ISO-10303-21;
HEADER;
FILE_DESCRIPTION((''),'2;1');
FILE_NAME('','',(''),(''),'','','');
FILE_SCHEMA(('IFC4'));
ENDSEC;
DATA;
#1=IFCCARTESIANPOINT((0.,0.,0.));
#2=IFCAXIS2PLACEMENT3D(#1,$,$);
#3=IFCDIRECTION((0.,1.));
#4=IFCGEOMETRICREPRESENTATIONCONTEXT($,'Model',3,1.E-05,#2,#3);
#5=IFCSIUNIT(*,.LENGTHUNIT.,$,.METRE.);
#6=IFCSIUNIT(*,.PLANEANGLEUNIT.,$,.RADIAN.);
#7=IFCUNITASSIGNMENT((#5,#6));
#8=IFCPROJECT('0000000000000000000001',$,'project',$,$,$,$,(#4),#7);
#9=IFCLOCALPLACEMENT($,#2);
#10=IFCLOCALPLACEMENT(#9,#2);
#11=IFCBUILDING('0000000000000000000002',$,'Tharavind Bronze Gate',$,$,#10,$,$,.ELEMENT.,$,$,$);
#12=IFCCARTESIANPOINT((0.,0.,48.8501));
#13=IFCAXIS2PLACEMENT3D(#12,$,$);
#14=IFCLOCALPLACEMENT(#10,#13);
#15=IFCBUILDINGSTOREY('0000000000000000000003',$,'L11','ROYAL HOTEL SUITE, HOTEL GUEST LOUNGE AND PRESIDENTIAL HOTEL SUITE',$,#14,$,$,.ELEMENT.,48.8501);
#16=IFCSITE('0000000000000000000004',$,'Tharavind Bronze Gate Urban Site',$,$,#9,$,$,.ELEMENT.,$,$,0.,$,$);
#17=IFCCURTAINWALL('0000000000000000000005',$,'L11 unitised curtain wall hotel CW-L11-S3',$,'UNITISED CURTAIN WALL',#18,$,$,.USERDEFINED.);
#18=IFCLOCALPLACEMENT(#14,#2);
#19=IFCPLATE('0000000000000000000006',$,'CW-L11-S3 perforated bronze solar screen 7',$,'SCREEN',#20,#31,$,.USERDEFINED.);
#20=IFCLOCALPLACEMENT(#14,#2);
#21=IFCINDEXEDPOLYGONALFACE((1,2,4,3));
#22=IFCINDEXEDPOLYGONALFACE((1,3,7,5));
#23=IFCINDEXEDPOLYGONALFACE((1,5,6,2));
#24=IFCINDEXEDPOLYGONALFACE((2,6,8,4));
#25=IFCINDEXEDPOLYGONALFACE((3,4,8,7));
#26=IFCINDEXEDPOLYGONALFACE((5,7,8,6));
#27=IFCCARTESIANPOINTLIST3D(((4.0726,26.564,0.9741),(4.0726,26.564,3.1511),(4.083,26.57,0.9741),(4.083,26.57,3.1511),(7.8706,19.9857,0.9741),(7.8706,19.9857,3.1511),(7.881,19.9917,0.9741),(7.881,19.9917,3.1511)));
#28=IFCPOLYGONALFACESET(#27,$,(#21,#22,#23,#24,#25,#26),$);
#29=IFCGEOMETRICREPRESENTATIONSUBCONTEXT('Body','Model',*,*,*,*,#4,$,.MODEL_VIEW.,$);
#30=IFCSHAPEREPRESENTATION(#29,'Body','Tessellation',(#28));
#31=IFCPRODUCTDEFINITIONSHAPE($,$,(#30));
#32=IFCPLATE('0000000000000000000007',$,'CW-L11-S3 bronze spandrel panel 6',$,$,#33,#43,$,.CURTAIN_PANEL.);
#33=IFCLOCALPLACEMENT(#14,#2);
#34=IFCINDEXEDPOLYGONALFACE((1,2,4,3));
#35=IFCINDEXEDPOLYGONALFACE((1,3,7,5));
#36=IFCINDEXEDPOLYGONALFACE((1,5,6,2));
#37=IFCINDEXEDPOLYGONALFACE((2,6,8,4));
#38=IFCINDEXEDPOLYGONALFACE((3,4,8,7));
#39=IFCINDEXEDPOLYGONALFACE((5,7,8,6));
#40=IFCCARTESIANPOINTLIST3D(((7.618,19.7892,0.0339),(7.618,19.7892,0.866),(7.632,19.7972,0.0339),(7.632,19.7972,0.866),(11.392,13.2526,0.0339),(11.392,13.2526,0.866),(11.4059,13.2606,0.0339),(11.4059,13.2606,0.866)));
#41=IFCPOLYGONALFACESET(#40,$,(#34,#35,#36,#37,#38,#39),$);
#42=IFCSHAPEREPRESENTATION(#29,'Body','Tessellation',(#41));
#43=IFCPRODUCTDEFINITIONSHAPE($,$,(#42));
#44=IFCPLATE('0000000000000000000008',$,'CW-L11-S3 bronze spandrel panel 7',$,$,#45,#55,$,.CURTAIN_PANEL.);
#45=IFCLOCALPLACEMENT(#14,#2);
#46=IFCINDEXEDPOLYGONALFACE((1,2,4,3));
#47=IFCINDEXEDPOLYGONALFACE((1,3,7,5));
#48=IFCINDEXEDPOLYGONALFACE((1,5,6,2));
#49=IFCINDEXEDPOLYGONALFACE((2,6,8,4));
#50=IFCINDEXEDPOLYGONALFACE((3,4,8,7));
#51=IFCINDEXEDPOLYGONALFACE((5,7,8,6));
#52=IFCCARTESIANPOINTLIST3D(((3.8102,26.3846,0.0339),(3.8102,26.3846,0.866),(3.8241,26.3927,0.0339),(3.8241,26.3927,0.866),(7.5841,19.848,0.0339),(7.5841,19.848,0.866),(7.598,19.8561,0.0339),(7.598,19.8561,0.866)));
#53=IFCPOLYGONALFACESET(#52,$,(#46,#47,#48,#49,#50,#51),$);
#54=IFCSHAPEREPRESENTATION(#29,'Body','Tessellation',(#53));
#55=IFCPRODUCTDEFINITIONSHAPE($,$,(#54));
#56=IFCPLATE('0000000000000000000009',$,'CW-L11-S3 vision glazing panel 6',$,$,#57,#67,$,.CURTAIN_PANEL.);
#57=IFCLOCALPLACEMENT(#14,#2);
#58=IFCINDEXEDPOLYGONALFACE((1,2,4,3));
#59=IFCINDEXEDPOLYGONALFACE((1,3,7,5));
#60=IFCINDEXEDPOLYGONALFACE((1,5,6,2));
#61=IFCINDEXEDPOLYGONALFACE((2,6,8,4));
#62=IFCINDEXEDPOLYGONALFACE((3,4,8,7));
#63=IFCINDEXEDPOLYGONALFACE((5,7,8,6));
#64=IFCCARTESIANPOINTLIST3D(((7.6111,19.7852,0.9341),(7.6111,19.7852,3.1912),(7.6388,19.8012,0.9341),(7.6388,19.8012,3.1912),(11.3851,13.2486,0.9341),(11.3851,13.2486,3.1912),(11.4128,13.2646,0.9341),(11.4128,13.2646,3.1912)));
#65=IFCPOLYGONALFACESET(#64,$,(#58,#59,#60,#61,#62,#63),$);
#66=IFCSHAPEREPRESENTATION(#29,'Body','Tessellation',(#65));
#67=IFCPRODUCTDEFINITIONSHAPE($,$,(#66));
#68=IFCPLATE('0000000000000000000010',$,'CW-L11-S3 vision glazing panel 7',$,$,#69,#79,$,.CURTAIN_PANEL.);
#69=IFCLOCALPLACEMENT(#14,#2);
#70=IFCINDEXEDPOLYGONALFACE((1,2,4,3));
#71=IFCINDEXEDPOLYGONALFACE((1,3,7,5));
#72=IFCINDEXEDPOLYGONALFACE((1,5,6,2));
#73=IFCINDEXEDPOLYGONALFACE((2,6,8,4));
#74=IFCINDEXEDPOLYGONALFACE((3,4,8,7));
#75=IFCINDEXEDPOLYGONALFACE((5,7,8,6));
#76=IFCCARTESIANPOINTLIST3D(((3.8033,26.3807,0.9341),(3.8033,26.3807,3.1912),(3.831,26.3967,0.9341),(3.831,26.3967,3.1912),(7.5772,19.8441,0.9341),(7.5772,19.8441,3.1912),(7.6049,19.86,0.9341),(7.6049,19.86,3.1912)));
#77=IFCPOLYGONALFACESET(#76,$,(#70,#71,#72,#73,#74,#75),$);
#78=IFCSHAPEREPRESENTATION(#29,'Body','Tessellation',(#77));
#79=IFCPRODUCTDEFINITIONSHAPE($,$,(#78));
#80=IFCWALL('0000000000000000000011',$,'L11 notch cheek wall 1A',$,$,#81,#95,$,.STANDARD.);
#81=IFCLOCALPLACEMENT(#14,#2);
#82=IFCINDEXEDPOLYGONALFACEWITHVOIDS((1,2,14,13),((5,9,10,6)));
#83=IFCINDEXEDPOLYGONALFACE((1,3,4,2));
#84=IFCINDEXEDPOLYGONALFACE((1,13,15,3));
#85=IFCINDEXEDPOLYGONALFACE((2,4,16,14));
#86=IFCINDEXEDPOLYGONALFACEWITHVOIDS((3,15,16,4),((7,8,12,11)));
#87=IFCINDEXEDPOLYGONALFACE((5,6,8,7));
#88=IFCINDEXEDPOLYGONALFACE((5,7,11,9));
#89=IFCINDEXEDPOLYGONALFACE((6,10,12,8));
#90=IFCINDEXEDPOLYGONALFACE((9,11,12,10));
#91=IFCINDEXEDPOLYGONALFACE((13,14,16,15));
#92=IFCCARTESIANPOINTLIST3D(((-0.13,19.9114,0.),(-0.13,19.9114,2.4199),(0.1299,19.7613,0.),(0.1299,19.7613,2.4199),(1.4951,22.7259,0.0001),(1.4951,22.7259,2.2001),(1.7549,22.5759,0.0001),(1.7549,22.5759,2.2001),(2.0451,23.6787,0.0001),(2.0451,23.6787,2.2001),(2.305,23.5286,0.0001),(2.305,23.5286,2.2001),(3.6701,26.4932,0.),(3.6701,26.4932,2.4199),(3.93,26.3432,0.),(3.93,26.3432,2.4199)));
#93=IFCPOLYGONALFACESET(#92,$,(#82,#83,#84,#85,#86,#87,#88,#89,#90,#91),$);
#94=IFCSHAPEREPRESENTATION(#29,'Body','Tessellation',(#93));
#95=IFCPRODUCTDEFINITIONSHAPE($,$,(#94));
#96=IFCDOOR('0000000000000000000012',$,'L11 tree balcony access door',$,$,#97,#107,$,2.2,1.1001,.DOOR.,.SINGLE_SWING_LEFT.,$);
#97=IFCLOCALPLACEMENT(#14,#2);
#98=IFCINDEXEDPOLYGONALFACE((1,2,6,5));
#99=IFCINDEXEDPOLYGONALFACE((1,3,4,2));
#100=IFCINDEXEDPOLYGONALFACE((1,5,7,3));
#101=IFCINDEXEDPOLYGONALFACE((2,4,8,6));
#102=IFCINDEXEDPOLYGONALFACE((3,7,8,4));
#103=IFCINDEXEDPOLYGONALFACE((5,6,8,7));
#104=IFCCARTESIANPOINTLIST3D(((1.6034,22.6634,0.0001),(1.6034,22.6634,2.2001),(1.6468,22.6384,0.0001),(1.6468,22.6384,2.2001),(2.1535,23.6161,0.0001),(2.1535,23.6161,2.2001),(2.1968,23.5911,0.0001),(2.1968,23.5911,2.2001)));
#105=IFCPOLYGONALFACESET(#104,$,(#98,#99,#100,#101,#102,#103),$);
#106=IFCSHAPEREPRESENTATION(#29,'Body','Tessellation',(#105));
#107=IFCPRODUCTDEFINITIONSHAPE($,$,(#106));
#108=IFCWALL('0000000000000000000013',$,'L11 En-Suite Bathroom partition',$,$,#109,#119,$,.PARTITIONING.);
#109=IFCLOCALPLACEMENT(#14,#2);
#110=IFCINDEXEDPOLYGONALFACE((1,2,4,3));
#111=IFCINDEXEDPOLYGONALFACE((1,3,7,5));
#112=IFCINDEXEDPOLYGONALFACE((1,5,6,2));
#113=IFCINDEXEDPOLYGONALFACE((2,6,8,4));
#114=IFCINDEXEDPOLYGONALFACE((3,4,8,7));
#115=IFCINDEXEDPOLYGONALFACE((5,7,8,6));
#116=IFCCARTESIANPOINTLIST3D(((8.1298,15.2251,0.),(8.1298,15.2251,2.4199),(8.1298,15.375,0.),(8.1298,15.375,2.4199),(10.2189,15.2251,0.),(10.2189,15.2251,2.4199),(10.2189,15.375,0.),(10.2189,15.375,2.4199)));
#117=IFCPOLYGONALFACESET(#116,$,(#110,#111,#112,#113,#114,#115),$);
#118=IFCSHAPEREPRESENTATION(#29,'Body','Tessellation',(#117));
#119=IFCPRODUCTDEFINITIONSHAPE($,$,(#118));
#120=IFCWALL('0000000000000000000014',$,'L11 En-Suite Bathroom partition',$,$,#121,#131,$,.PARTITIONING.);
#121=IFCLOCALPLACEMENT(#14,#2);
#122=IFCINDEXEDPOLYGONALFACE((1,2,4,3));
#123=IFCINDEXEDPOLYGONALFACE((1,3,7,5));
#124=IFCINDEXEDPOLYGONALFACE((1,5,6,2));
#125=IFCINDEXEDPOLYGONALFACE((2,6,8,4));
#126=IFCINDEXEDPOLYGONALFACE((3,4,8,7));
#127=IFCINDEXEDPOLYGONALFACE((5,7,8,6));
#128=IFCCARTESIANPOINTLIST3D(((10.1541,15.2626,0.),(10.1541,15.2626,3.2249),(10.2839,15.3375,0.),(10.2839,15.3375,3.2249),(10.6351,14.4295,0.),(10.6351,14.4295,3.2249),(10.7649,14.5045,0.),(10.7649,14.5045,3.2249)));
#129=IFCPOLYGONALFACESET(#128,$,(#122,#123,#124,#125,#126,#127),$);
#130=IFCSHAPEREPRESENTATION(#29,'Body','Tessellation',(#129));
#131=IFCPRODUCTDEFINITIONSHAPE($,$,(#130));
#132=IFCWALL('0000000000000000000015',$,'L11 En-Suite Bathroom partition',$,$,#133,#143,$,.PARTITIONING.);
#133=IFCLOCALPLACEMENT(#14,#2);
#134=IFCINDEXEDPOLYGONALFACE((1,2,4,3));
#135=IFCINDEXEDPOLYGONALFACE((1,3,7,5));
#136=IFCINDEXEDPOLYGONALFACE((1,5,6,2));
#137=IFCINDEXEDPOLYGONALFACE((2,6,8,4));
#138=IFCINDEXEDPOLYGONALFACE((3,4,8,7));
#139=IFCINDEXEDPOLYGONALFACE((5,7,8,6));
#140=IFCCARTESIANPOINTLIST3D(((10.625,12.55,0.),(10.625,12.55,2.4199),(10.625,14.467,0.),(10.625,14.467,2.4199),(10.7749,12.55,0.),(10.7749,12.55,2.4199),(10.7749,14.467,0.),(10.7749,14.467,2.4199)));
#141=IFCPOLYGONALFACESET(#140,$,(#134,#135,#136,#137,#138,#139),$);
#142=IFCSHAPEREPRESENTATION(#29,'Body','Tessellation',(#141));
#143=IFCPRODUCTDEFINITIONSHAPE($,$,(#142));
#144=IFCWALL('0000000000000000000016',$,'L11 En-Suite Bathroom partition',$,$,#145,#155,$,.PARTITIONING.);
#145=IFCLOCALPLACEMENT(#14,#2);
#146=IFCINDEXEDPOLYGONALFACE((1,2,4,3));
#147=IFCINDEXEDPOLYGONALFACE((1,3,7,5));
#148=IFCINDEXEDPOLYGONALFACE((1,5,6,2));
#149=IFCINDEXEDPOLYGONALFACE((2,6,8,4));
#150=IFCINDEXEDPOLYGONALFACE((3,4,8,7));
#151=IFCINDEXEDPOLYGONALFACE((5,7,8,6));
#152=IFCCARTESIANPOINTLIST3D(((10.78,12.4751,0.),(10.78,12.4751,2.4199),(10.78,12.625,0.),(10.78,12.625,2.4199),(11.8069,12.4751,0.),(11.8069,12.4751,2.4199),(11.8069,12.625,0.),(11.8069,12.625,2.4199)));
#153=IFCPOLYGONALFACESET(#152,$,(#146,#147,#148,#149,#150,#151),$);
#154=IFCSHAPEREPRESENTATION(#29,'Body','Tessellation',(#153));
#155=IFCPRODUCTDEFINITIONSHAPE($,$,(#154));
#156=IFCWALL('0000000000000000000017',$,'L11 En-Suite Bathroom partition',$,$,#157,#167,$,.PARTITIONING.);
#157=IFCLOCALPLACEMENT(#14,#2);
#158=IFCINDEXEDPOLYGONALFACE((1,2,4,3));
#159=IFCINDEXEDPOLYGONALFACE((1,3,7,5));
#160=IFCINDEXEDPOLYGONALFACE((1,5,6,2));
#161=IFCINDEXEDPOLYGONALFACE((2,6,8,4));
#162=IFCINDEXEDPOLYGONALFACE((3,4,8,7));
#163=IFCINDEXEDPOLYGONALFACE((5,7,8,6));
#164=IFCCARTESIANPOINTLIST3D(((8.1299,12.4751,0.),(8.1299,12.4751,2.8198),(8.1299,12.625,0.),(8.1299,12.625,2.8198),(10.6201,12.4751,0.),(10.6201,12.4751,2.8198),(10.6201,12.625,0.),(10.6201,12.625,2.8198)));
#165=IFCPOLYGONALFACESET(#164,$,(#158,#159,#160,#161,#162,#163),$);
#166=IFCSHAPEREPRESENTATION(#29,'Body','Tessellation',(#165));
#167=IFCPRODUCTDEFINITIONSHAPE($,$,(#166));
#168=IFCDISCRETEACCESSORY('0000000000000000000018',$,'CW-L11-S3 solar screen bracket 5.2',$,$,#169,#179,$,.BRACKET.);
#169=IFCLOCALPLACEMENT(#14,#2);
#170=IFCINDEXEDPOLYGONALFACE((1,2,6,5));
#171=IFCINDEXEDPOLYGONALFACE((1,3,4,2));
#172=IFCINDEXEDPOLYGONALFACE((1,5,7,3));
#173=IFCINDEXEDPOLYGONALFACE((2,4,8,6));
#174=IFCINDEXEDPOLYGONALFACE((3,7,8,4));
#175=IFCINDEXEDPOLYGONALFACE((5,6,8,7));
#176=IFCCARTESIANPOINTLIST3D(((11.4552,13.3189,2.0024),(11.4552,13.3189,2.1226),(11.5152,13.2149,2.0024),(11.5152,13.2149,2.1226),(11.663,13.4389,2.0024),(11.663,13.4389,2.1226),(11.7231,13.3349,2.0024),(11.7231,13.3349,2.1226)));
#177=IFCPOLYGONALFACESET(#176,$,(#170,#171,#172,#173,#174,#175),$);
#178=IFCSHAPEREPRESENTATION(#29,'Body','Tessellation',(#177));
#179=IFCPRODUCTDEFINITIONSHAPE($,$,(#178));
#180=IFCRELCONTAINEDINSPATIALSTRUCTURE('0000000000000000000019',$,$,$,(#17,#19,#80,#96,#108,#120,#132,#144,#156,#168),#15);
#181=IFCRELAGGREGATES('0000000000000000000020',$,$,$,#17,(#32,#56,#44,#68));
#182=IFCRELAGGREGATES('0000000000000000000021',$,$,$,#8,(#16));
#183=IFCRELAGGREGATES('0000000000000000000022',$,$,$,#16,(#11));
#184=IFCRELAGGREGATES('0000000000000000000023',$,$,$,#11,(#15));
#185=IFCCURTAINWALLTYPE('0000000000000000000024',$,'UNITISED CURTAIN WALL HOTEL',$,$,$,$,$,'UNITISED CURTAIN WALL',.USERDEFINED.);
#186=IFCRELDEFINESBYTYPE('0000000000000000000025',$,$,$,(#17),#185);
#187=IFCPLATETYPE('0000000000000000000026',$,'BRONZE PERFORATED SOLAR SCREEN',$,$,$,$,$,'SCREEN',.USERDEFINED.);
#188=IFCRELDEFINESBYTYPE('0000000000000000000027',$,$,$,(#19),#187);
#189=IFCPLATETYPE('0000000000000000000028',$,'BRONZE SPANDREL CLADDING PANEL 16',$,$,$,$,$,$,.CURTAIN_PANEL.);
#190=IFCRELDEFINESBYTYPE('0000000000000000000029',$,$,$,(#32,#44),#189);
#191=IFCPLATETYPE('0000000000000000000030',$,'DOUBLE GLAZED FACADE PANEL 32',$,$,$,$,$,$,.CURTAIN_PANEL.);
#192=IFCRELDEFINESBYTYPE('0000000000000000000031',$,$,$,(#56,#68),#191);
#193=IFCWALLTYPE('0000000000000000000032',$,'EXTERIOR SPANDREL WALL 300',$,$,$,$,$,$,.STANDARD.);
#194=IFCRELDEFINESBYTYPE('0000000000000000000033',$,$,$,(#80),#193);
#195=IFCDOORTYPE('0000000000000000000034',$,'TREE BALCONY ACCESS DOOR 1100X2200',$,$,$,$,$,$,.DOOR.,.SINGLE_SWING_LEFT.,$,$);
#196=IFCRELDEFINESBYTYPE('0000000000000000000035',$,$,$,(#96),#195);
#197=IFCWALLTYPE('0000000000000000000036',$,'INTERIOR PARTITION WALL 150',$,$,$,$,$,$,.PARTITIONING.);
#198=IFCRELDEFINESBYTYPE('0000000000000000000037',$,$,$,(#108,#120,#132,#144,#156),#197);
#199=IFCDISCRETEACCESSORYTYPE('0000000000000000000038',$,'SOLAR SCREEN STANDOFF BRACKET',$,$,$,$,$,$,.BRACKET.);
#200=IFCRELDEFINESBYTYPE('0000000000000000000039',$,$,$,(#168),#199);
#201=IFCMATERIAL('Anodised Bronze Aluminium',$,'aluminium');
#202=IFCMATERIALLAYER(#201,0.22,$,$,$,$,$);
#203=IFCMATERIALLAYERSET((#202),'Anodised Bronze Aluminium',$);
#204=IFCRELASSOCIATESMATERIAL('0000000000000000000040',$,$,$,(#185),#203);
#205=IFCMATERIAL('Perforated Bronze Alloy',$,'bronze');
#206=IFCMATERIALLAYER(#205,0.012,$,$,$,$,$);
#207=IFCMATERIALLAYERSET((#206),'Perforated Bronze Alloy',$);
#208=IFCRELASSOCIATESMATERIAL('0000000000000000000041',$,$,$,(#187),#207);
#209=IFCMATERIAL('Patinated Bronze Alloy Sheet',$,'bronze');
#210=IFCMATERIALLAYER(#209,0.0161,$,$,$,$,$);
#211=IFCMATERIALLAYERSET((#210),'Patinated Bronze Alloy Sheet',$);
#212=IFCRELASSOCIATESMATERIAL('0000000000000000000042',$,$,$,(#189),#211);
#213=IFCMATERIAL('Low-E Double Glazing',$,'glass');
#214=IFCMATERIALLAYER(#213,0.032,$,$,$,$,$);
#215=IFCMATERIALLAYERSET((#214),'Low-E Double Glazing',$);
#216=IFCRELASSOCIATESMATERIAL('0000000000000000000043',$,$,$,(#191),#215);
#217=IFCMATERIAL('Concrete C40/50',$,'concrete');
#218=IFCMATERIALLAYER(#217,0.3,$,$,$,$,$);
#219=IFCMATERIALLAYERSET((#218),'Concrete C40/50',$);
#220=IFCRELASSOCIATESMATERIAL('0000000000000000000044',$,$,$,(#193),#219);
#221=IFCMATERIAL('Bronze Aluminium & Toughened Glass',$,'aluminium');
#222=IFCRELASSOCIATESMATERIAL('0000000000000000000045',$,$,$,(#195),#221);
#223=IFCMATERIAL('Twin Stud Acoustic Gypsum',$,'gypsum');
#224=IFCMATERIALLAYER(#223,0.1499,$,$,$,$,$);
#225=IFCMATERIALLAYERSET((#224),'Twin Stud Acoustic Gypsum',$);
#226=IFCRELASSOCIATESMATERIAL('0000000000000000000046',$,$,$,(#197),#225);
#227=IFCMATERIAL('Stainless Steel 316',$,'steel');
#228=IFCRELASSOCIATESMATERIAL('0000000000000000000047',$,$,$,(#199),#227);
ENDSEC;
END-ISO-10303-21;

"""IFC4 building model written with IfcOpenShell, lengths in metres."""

from ifc_helpers import new_model, si_unit, direction, frame, frame_2d, origin, origin_2d, place, context, subcontext, project, spatial, rectangle, extrude, material, layer, layer_set, type_object, element, fill, aggregate, save


model = new_model("IFC4")

# Units and contexts
model_context = context("Model", 3, precision=1e-05, world=origin(), true_north=direction((0.0, 1.0)))
body_context = subcontext(model_context, "Body", "Model", "MODEL_VIEW")
ifc_project = project(units=[si_unit("LENGTHUNIT", "METRE"), si_unit("PLANEANGLEUNIT", "RADIAN")], contexts=[model_context])

# Site, building, storey
site_placement = place(None, origin())
site = spatial("IfcSite", under=ifc_project, at=site_placement, Name="Tharavind Bronze Gate Urban Site", CompositionType="ELEMENT", RefElevation=0.0)
building_placement = place(site_placement, origin())
building = spatial("IfcBuilding", under=site, at=building_placement, Name="Tharavind Bronze Gate", CompositionType="ELEMENT")
storey_placement = place(building_placement, frame((0.0, 0.0, 48.8501)))
storey = spatial("IfcBuildingStorey", under=building, at=storey_placement, Name="L11", Description="ROYAL HOTEL SUITE, HOTEL GUEST LOUNGE AND PRESIDENTIAL HOTEL SUITE", CompositionType="ELEMENT", Elevation=48.8501)

# Curtain wall
ifc_material_1 = material(Name="Anodised Bronze Aluminium", Category="aluminium")
ifc_layer_1 = layer(ifc_material_1, 0.22)
ifc_layer_set_1 = layer_set([ifc_layer_1], Name="Anodised Bronze Aluminium")
curtain_wall_type = type_object("IfcCurtainWallType", Name="UNITISED CURTAIN WALL HOTEL", ElementType="UNITISED CURTAIN WALL", PredefinedType="USERDEFINED", material=ifc_layer_set_1)
curtain_wall_placement = place(storey_placement, origin())
curtain_wall = element("IfcCurtainWall", 1, at=curtain_wall_placement, inside=storey, type_object=curtain_wall_type, Name="L11 unitised curtain wall hotel CW-L11-S3", ObjectType="UNITISED CURTAIN WALL", PredefinedType="USERDEFINED")

# Plates
ifc_material_2 = material(Name="Perforated Bronze Alloy", Category="bronze")
ifc_layer_2 = layer(ifc_material_2, 0.012)
ifc_layer_set_2 = layer_set([ifc_layer_2], Name="Perforated Bronze Alloy")
plate_type_1 = type_object("IfcPlateType", Name="BRONZE PERFORATED SOLAR SCREEN", ElementType="SCREEN", PredefinedType="USERDEFINED", material=ifc_layer_set_2)
plate_1_placement = place(storey_placement, frame((5.9768, 23.2778, 0.9741), z_axis=(0.0, 0.0, 1.0), x_axis=(-0.500002, 0.866025, 0.0)))
element("IfcPlate", 2, at=plate_1_placement, inside=storey, type_object=plate_type_1, Name="CW-L11-S3 perforated bronze solar screen 7", ObjectType="SCREEN", PredefinedType="USERDEFINED", context=body_context, shape_type="SweptSolid", body=[
    extrude(rectangle(XDim=7.5959, YDim=0.012, at=origin_2d()), origin(), (0.0, 0.0, 1.0), 2.177),
])
ifc_material_3 = material(Name="Patinated Bronze Alloy Sheet", Category="bronze")
ifc_layer_3 = layer(ifc_material_3, 0.0161)
ifc_layer_set_3 = layer_set([ifc_layer_3], Name="Patinated Bronze Alloy Sheet")
plate_type_2 = type_object("IfcPlateType", Name="BRONZE SPANDREL CLADDING PANEL 16", PredefinedType="CURTAIN_PANEL", material=ifc_layer_set_3)
plate_2_placement = place(storey_placement, frame((9.512, 16.5249, 0.0339), z_axis=(0.0, 0.0, 1.0), x_axis=(-0.500002, 0.866025, 0.0)))
plate_2 = element("IfcPlate", 3, at=plate_2_placement, type_object=plate_type_2, Name="CW-L11-S3 bronze spandrel panel 6", PredefinedType="CURTAIN_PANEL", context=body_context, shape_type="SweptSolid", body=[
    extrude(rectangle(XDim=7.5479, YDim=0.0161, at=origin_2d()), origin(), (0.0, 0.0, 1.0), 0.832),
])
plate_3_placement = place(storey_placement, frame((5.7041, 23.1204, 0.0339), z_axis=(0.0, 0.0, 1.0), x_axis=(-0.500002, 0.866025, 0.0)))
plate_3 = element("IfcPlate", 4, at=plate_3_placement, type_object=plate_type_2, Name="CW-L11-S3 bronze spandrel panel 7", PredefinedType="CURTAIN_PANEL", context=body_context, shape_type="SweptSolid", body=[
    extrude(rectangle(XDim=7.5479, YDim=0.0161, at=origin_2d()), origin(), (0.0, 0.0, 1.0), 0.832),
])
ifc_material_4 = material(Name="Low-E Double Glazing", Category="glass")
ifc_layer_4 = layer(ifc_material_4, 0.032)
ifc_layer_set_4 = layer_set([ifc_layer_4], Name="Low-E Double Glazing")
plate_type_3 = type_object("IfcPlateType", Name="DOUBLE GLAZED FACADE PANEL 32", PredefinedType="CURTAIN_PANEL", material=ifc_layer_set_4)
plate_4_placement = place(storey_placement, frame((9.512, 16.5249, 0.9341), z_axis=(0.0, 0.0, 1.0), x_axis=(-0.500002, 0.866025, 0.0)))
plate_4 = element("IfcPlate", 5, at=plate_4_placement, type_object=plate_type_3, Name="CW-L11-S3 vision glazing panel 6", PredefinedType="CURTAIN_PANEL", context=body_context, shape_type="SweptSolid", body=[
    extrude(rectangle(XDim=7.5479, YDim=0.032, at=origin_2d()), origin(), (0.0, 0.0, 1.0), 2.2571),
])
plate_5_placement = place(storey_placement, frame((5.7041, 23.1204, 0.9341), z_axis=(0.0, 0.0, 1.0), x_axis=(-0.500002, 0.866025, 0.0)))
plate_5 = element("IfcPlate", 6, at=plate_5_placement, type_object=plate_type_3, Name="CW-L11-S3 vision glazing panel 7", PredefinedType="CURTAIN_PANEL", context=body_context, shape_type="SweptSolid", body=[
    extrude(rectangle(XDim=7.5479, YDim=0.032, at=origin_2d()), origin(), (0.0, 0.0, 1.0), 2.2571),
])
aggregate(curtain_wall, [plate_2, plate_4, plate_3, plate_5])

# Wall, opening, door
ifc_material_5 = material(Name="Concrete C40/50", Category="concrete")
ifc_layer_5 = layer(ifc_material_5, 0.3)
ifc_layer_set_5 = layer_set([ifc_layer_5], Name="Concrete C40/50")
wall_type_1 = type_object("IfcWallType", Name="EXTERIOR SPANDREL WALL 300", PredefinedType="STANDARD", material=ifc_layer_set_5)
wall_1_placement = place(storey_placement, frame((3.8, 26.4182, 0.0), z_axis=(0.0, 0.0, 1.0), x_axis=(-0.500005, -0.866022, 0.0)))
wall_1 = element("IfcWall", 7, at=wall_1_placement, inside=storey, type_object=wall_type_1, Name="L11 notch cheek wall 1A", PredefinedType="STANDARD", context=body_context, shape_type="SweptSolid", body=[
    extrude(rectangle(XDim=7.6001, YDim=0.3, at=frame_2d((3.8, 0.0))), origin(), (0.0, 0.0, 1.0), 2.4199),
])
opening_placement = place(wall_1_placement, frame((3.25, 0.0, 0.0)))
opening = element("IfcOpeningElement", 8, at=opening_placement, cuts=wall_1, PredefinedType="OPENING", context=body_context, shape_type="SweptSolid", body=[
    extrude(rectangle(XDim=1.1001, YDim=2.2, at=frame_2d((0.55, 1.1001))), frame((0.0, 0.1599, 0.0), z_axis=(0.0, -1.0, 0.0), x_axis=(1.0, 0.0, 0.0)), (0.0, 0.0, 1.0), 0.32),
])
ifc_material_6 = material(Name="Bronze Aluminium & Toughened Glass", Category="aluminium")
door_type = type_object("IfcDoorType", Name="TREE BALCONY ACCESS DOOR 1100X2200", OperationType="SINGLE_SWING_LEFT", PredefinedType="DOOR", material=ifc_material_6)
door_placement = place(opening_placement, frame((1.1001, 0.0, 0.0), z_axis=(0.0, 0.0, 1.0), x_axis=(-1.0, 0.0, 0.0)))
door = element("IfcDoor", 9, at=door_placement, inside=storey, type_object=door_type, Name="L11 tree balcony access door", OperationType="SINGLE_SWING_LEFT", OverallHeight=2.2, OverallWidth=1.1001, PredefinedType="DOOR", context=body_context, shape_type="SweptSolid", body=[
    extrude(rectangle(XDim=1.1001, YDim=2.2, at=frame_2d((0.55, 1.1001))), frame((0.0, 0.0249, 0.0), z_axis=(0.0, -1.0, 0.0), x_axis=(1.0, 0.0, 0.0)), (0.0, 0.0, 1.0), 0.05),
])
fill(opening, door)

# Walls
ifc_material_7 = material(Name="Twin Stud Acoustic Gypsum", Category="gypsum")
ifc_layer_6 = layer(ifc_material_7, 0.1499)
ifc_layer_set_6 = layer_set([ifc_layer_6], Name="Twin Stud Acoustic Gypsum")
wall_type_2 = type_object("IfcWallType", Name="INTERIOR PARTITION WALL 150", PredefinedType="PARTITIONING", material=ifc_layer_set_6)
wall_2_placement = place(storey_placement, frame((8.1299, 15.3, 0.0), z_axis=(0.0, 0.0, 1.0), x_axis=(1.0, 0.0, 0.0)))
element("IfcWall", 10, at=wall_2_placement, inside=storey, type_object=wall_type_2, Name="L11 En-Suite Bathroom partition", PredefinedType="PARTITIONING", context=body_context, shape_type="SweptSolid", body=[
    extrude(rectangle(XDim=2.0891, YDim=0.1499, at=frame_2d((1.0444, 0.0))), origin(), (0.0, 0.0, 1.0), 2.4199),
])
wall_3_placement = place(storey_placement, frame((10.219, 15.3, 0.0), z_axis=(0.0, 0.0, 1.0), x_axis=(0.500015, -0.866017, 0.0)))
element("IfcWall", 11, at=wall_3_placement, inside=storey, type_object=wall_type_2, Name="L11 En-Suite Bathroom partition", PredefinedType="PARTITIONING", context=body_context, shape_type="SweptSolid", body=[
    extrude(rectangle(XDim=0.9619, YDim=0.1499, at=frame_2d((0.481, 0.0))), origin(), (0.0, 0.0, 1.0), 3.2249),
])
wall_4_placement = place(storey_placement, frame((10.7, 14.467, 0.0), z_axis=(0.0, 0.0, 1.0), x_axis=(0.0, -1.0, 0.0)))
element("IfcWall", 12, at=wall_4_placement, inside=storey, type_object=wall_type_2, Name="L11 En-Suite Bathroom partition", PredefinedType="PARTITIONING", context=body_context, shape_type="SweptSolid", body=[
    extrude(rectangle(XDim=1.917, YDim=0.1499, at=frame_2d((0.9585, 0.0))), origin(), (0.0, 0.0, 1.0), 2.4199),
])
wall_5_placement = place(storey_placement, frame((11.8069, 12.55, 0.0), z_axis=(0.0, 0.0, 1.0), x_axis=(-1.0, 0.0, 0.0)))
element("IfcWall", 13, at=wall_5_placement, inside=storey, type_object=wall_type_2, Name="L11 En-Suite Bathroom partition", PredefinedType="PARTITIONING", context=body_context, shape_type="SweptSolid", body=[
    extrude(rectangle(XDim=1.0269, YDim=0.1499, at=frame_2d((0.5134, 0.0))), origin(), (0.0, 0.0, 1.0), 2.4199),
])
wall_6_placement = place(storey_placement, frame((10.6201, 12.55, 0.0), z_axis=(0.0, 0.0, 1.0), x_axis=(-1.0, 0.0, 0.0)))
element("IfcWall", 14, at=wall_6_placement, inside=storey, type_object=wall_type_2, Name="L11 En-Suite Bathroom partition", PredefinedType="PARTITIONING", context=body_context, shape_type="SweptSolid", body=[
    extrude(rectangle(XDim=2.4902, YDim=0.1499, at=frame_2d((1.2451, 0.0))), origin(), (0.0, 0.0, 1.0), 2.8198),
])

# Discrete accessory
ifc_material_8 = material(Name="Stainless Steel 316", Category="steel")
discrete_accessory_type = type_object("IfcDiscreteAccessoryType", Name="SOLAR SCREEN STANDOFF BRACKET", PredefinedType="BRACKET", material=ifc_material_8)
for number, where, z_axis, x_axis, name in (
    (15, (11.5891, 13.3269, 2.0024), (0.0, 0.0, 1.0), (-0.500002, 0.866025, 0.0), "CW-L11-S3 solar screen bracket 5.2"),
):
    element("IfcDiscreteAccessory", number, at=place(storey_placement, frame(where, z_axis=z_axis, x_axis=x_axis)), inside=storey, type_object=discrete_accessory_type, Name=name, PredefinedType="BRACKET", context=body_context, shape_type="SweptSolid", body=[
        extrude(rectangle(XDim=0.1201, YDim=0.24, at=origin_2d()), origin(), (0.0, 0.0, 1.0), 0.1201),
    ])

save(model, "model.ifc")
